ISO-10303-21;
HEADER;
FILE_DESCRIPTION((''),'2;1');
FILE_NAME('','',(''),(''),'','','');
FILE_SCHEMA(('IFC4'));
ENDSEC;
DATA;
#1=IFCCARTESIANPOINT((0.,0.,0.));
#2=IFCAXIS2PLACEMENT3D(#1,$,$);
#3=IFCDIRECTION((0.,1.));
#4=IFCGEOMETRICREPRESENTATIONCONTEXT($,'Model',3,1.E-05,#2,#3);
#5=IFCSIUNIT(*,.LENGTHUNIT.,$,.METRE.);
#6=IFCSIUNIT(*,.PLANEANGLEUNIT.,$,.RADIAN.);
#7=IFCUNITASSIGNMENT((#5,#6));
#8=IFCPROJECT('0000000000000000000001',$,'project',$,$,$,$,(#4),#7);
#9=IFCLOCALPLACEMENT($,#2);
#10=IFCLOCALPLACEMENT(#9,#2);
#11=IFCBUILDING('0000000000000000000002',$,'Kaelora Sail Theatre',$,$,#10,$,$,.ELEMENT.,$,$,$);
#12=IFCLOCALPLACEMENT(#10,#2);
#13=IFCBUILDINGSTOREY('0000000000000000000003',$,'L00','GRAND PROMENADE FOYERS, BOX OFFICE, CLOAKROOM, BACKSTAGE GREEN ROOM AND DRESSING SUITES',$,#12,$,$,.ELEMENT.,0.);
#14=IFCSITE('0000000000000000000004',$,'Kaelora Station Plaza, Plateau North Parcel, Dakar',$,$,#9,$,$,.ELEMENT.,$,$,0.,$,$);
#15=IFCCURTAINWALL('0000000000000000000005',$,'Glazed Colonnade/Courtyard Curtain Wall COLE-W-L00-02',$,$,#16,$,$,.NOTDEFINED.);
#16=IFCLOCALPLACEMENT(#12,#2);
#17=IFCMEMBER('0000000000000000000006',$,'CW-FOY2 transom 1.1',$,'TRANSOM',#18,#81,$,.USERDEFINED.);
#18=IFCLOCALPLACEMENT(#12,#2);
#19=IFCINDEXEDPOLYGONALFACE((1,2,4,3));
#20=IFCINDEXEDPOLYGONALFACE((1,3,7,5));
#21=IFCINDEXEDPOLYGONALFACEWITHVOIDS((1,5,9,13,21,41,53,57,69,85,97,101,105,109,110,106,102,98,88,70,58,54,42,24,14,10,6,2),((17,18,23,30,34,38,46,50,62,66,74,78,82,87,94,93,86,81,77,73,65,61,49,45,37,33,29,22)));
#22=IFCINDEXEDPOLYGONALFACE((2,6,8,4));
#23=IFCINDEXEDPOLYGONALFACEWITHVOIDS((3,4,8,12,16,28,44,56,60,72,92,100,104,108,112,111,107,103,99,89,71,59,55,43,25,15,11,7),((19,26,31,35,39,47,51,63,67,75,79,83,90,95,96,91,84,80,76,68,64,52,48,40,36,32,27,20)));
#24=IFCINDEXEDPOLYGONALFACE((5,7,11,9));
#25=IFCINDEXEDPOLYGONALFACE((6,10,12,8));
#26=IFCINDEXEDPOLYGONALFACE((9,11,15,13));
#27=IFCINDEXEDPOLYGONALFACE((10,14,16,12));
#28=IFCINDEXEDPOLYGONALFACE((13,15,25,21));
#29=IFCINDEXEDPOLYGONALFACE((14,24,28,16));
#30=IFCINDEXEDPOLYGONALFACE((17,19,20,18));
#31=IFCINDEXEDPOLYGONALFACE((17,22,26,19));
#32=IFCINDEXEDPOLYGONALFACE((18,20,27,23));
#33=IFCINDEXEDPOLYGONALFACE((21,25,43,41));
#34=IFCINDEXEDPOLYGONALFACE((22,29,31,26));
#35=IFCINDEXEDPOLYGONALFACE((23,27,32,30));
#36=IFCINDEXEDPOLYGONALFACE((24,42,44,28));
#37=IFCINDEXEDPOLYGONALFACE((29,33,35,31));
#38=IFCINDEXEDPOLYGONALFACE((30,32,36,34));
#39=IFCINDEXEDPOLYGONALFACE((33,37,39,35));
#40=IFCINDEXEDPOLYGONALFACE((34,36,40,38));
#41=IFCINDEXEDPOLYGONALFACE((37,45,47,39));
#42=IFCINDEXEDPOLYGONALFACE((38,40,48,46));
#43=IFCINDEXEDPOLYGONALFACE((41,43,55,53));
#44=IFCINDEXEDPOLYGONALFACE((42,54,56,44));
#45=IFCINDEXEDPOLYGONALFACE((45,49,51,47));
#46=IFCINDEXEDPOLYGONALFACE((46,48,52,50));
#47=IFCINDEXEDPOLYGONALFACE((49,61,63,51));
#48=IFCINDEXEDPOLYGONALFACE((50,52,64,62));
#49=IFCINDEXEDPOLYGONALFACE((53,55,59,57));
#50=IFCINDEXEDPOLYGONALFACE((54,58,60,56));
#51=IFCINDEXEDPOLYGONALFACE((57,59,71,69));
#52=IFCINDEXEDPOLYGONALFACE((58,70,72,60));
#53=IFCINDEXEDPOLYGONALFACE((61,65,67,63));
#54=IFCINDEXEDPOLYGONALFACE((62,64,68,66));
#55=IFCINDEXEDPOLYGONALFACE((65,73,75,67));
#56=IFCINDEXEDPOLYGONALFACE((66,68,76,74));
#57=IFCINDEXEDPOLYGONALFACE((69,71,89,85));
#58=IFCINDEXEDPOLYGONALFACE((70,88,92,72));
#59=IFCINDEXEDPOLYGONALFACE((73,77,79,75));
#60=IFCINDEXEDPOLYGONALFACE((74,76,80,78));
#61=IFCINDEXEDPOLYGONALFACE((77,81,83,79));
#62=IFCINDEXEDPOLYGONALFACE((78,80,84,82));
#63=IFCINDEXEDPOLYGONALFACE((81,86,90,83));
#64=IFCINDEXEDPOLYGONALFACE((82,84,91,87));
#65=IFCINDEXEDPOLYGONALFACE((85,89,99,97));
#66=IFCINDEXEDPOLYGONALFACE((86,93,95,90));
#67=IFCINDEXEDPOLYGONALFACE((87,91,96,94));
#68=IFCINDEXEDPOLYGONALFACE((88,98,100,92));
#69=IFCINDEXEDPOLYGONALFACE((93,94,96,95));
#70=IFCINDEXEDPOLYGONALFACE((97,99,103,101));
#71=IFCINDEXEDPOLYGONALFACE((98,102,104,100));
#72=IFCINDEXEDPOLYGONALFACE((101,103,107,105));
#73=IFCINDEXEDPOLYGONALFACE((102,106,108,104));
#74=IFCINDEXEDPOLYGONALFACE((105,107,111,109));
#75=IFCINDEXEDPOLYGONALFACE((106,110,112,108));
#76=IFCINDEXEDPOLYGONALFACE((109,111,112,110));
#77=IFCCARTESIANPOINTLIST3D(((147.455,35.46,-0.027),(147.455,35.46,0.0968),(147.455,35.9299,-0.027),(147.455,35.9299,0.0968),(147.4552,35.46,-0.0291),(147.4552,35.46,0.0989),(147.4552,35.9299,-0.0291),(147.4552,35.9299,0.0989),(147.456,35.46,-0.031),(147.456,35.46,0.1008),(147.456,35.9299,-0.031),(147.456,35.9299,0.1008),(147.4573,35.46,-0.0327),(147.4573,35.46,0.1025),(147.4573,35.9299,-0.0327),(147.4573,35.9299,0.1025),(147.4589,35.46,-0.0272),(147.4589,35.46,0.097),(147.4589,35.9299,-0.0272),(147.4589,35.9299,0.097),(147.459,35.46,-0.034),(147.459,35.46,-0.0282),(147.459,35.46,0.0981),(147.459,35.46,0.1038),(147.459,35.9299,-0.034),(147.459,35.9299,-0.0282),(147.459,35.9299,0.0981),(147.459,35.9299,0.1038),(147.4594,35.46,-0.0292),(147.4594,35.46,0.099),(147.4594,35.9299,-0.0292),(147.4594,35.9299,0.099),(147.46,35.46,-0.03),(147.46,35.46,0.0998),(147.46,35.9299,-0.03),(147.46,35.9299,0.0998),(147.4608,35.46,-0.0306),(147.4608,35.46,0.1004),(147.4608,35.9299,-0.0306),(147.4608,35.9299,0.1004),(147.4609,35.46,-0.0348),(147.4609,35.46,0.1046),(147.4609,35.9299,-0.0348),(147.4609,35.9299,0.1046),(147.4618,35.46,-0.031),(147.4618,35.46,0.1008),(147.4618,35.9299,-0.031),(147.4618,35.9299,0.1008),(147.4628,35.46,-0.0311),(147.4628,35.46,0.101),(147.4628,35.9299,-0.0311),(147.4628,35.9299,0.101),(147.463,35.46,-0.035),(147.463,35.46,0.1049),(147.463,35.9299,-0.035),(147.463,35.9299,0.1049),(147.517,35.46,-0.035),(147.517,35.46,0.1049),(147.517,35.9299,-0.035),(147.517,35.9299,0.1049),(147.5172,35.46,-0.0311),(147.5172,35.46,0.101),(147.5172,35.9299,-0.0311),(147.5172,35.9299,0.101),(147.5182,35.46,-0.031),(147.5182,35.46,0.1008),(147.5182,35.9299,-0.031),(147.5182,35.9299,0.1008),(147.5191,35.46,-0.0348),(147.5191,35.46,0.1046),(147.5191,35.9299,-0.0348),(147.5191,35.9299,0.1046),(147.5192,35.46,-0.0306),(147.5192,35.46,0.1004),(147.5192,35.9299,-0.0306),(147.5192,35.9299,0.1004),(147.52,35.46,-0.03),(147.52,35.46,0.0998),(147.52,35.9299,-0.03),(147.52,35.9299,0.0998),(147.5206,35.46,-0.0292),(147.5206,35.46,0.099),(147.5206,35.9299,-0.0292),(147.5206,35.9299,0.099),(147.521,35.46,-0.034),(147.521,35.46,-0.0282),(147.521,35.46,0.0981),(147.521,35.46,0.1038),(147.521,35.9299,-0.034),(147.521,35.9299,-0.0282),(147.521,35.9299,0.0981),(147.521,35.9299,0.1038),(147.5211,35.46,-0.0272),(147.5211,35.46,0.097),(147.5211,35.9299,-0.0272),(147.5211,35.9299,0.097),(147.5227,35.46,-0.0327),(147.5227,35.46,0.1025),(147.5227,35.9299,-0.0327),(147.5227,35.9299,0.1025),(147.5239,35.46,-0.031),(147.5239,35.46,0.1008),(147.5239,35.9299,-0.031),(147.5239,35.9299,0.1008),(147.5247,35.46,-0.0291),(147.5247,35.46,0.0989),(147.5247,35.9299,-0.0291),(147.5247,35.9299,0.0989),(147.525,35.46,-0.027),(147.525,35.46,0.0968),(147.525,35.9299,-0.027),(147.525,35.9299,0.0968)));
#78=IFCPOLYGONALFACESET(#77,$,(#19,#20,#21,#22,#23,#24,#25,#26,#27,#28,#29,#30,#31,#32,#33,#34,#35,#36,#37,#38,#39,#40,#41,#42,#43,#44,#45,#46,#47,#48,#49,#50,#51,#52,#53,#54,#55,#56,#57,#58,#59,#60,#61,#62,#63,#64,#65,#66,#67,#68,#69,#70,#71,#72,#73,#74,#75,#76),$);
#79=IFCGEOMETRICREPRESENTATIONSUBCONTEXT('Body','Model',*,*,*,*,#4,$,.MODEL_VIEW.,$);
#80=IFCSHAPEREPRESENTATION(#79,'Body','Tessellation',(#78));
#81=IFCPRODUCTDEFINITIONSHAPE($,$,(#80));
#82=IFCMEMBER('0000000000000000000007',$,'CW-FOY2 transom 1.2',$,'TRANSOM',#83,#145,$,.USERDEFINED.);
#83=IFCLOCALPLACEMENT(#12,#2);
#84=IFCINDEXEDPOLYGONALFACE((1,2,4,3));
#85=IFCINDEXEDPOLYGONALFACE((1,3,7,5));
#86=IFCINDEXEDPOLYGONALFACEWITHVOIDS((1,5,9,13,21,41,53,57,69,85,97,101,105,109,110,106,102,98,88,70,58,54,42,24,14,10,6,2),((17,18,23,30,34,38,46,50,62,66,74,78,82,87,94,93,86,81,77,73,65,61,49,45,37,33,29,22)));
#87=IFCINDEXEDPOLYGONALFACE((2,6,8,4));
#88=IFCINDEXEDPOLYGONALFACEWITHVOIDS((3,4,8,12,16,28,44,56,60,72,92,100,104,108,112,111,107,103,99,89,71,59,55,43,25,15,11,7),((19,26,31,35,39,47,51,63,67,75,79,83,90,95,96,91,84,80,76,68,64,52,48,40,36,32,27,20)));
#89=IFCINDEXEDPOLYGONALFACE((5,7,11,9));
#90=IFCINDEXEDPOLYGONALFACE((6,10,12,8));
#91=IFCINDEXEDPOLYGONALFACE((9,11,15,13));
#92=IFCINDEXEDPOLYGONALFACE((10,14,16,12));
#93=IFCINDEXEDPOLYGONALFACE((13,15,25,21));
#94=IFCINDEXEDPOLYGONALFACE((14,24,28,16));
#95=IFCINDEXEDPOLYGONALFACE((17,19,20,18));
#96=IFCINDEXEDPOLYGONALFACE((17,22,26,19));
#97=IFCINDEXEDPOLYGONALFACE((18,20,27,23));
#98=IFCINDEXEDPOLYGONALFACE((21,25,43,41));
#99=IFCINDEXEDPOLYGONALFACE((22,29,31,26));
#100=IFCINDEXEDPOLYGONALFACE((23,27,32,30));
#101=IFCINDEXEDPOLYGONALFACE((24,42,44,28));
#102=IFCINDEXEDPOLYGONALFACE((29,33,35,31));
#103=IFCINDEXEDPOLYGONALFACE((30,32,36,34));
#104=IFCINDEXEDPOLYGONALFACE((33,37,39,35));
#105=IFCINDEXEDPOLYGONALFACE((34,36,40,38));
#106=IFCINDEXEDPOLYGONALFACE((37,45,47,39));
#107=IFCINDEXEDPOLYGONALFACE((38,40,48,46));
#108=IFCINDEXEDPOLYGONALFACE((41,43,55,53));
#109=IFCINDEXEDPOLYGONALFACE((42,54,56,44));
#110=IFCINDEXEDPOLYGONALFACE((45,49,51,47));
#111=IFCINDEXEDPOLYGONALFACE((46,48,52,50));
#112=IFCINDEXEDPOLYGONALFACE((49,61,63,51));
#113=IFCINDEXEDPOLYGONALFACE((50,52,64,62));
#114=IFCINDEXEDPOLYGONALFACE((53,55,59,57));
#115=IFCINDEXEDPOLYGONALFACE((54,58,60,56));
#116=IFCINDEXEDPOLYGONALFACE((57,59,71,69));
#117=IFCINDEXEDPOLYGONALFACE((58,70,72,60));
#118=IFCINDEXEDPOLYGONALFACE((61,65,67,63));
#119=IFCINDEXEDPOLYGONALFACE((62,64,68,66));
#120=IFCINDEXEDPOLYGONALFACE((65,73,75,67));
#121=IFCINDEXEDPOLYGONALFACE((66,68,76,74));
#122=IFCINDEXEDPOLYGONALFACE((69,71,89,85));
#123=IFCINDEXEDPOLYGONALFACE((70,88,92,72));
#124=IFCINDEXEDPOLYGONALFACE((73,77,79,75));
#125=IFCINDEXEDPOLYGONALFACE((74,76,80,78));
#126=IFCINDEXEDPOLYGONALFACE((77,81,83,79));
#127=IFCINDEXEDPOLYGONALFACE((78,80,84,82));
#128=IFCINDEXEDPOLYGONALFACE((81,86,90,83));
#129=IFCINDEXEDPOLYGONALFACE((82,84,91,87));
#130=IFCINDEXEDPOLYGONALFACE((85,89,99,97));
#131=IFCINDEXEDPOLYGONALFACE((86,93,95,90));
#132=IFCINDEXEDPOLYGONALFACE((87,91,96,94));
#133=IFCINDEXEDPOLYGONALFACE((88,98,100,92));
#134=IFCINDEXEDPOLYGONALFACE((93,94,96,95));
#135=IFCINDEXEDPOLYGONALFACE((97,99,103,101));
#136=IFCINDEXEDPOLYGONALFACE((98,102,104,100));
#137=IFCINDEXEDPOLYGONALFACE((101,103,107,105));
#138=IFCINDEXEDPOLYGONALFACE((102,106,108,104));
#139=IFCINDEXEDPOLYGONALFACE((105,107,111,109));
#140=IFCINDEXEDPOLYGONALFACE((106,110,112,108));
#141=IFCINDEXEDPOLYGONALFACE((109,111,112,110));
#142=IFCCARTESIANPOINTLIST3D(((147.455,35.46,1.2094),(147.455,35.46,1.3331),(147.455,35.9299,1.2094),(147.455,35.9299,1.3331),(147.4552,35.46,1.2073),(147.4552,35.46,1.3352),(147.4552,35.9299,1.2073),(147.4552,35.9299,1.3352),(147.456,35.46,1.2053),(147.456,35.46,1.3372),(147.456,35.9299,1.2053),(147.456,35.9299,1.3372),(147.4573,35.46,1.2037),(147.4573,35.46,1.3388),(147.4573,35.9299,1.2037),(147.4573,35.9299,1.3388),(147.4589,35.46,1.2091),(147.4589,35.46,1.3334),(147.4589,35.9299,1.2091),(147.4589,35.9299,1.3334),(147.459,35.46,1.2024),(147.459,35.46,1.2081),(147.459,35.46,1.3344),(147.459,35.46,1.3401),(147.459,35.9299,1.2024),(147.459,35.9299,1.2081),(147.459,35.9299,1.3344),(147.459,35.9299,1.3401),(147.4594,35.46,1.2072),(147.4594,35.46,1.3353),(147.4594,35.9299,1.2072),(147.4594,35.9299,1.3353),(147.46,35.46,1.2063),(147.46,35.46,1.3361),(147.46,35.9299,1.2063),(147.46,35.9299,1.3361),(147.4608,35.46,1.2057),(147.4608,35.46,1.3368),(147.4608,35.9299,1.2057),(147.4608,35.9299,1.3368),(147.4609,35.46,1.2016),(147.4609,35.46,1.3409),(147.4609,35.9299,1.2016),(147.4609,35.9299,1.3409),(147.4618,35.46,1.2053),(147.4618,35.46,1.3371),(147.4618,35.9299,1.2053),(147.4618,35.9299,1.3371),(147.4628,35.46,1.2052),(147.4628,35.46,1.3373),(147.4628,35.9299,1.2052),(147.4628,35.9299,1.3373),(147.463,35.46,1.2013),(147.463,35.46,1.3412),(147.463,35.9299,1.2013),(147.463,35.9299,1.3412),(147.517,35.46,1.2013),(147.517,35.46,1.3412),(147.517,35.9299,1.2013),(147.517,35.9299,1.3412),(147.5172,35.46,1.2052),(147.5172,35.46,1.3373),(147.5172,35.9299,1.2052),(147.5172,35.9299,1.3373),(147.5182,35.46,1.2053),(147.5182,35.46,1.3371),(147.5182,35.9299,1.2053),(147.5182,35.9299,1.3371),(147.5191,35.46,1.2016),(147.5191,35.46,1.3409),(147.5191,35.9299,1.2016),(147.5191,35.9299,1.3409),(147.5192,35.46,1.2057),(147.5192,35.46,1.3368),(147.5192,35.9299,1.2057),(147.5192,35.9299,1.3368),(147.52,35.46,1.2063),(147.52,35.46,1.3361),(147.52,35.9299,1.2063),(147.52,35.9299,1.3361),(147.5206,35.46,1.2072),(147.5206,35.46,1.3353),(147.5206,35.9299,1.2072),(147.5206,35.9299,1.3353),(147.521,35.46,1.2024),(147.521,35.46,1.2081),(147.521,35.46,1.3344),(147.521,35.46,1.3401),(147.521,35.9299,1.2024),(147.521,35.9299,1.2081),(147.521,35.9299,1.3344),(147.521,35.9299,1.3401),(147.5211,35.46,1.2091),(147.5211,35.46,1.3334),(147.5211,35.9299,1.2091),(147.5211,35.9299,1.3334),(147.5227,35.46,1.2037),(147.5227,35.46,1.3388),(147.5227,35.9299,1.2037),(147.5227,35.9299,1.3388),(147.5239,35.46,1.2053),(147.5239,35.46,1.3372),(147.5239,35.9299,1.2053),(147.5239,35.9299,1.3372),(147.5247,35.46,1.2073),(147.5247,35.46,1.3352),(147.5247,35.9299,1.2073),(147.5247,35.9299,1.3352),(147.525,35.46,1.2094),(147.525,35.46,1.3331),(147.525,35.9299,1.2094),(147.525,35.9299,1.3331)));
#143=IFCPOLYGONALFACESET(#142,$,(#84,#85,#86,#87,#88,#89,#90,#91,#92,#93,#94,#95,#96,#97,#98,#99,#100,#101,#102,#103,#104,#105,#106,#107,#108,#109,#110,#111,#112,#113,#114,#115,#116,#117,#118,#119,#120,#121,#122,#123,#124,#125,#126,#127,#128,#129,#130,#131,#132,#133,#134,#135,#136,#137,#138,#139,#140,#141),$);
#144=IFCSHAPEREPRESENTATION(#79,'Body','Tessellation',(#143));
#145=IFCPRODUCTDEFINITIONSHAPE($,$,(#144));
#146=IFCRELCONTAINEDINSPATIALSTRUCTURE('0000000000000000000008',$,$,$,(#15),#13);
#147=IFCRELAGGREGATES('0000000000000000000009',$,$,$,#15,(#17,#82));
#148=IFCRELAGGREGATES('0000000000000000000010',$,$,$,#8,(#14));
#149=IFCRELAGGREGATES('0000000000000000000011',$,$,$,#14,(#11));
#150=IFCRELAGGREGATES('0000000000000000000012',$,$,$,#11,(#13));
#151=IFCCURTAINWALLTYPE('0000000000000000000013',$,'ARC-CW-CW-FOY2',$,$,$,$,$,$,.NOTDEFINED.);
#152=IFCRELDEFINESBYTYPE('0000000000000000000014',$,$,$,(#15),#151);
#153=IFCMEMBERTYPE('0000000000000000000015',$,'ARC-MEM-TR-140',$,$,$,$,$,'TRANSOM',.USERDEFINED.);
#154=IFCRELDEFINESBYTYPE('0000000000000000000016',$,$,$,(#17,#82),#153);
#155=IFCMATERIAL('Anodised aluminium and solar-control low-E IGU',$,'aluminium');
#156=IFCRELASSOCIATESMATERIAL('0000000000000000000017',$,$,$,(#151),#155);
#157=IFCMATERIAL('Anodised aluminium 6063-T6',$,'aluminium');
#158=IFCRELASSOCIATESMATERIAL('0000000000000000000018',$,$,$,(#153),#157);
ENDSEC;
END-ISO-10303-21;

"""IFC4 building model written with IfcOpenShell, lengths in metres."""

from ifc_helpers import new_model, si_unit, direction, frame, origin, origin_2d, place, context, subcontext, project, spatial, hollow_rectangle, extrude, material, material_profile, profile_set, type_object, element, aggregate, save


model = new_model("IFC4")

# Units and contexts
model_context = context("Model", 3, precision=1e-05, world=origin(), true_north=direction((0.0, 1.0)))
body_context = subcontext(model_context, "Body", "Model", "MODEL_VIEW")
ifc_project = project(units=[si_unit("LENGTHUNIT", "METRE"), si_unit("PLANEANGLEUNIT", "RADIAN")], contexts=[model_context])

# Site, building, storey
site_placement = place(None, origin())
site = spatial("IfcSite", under=ifc_project, at=site_placement, Name="Kaelora Station Plaza, Plateau North Parcel, Dakar", CompositionType="ELEMENT", RefElevation=0.0)
building_placement = place(site_placement, origin())
building = spatial("IfcBuilding", under=site, at=building_placement, Name="Kaelora Sail Theatre", CompositionType="ELEMENT")
storey_placement = place(building_placement, origin())
storey = spatial("IfcBuildingStorey", under=building, at=storey_placement, Name="L00", Description="GRAND PROMENADE FOYERS, BOX OFFICE, CLOAKROOM, BACKSTAGE GREEN ROOM AND DRESSING SUITES", CompositionType="ELEMENT", Elevation=0.0)

# Shared definitions
ifc_material_1 = material(Name="Anodised aluminium and solar-control low-E IGU", Category="aluminium")
curtain_wall_type = type_object("IfcCurtainWallType", Name="ARC-CW-CW-FOY2", PredefinedType="NOTDEFINED", material=ifc_material_1)

# Curtain wall
curtain_wall_1_placement = place(storey_placement, origin())
curtain_wall_1 = element("IfcCurtainWall", 1, at=curtain_wall_1_placement, inside=storey, type_object=curtain_wall_type, Name="Glazed Colonnade/Courtyard Curtain Wall COLE-W-L00-02", PredefinedType="NOTDEFINED")

# Members
ifc_material_2 = material(Name="Anodised aluminium 6063-T6", Category="aluminium")
ifc_material_profile_1 = material_profile(ifc_material_2, hollow_rectangle(XDim=0.0701, YDim=0.1399, WallThickness=0.0039, InnerFilletRadius=0.0039, OuterFilletRadius=0.0081, at=origin_2d()), Name="ALU-TRAN 70x140x4")
ifc_profile_set_1 = profile_set([ifc_material_profile_1], Name="Anodised aluminium 6063-T6")
member_type_1 = type_object("IfcMemberType", Name="ARC-MEM-TR-140", ElementType="TRANSOM", PredefinedType="USERDEFINED", material=ifc_profile_set_1)
member_1_placement = place(storey_placement, frame((147.49, 35.46, 0.0349), z_axis=(0.0, 1.0, 0.0), x_axis=(-1.0, 0.0, 0.0)))
member_1 = element("IfcMember", 2, at=member_1_placement, type_object=member_type_1, Name="CW-FOY2 transom 1.1", ObjectType="TRANSOM", PredefinedType="USERDEFINED", context=body_context, shape_type="SweptSolid", body=[
    extrude(hollow_rectangle(XDim=0.0701, YDim=0.1399, WallThickness=0.0039, InnerFilletRadius=0.0039, OuterFilletRadius=0.0081, at=origin_2d()), origin(), (0.0, 0.0, 1.0), 0.47),
])
member_2_placement = place(storey_placement, frame((147.49, 35.46, 1.2712), z_axis=(0.0, 1.0, 0.0), x_axis=(-1.0, 0.0, 0.0)))
member_2 = element("IfcMember", 3, at=member_2_placement, type_object=member_type_1, Name="CW-FOY2 transom 1.2", ObjectType="TRANSOM", PredefinedType="USERDEFINED", context=body_context, shape_type="SweptSolid", body=[
    extrude(hollow_rectangle(XDim=0.0701, YDim=0.1399, WallThickness=0.0039, InnerFilletRadius=0.0039, OuterFilletRadius=0.0081, at=origin_2d()), origin(), (0.0, 0.0, 1.0), 0.47),
])

aggregate(curtain_wall_1, [member_1, member_2])

save(model, "model.ifc")
